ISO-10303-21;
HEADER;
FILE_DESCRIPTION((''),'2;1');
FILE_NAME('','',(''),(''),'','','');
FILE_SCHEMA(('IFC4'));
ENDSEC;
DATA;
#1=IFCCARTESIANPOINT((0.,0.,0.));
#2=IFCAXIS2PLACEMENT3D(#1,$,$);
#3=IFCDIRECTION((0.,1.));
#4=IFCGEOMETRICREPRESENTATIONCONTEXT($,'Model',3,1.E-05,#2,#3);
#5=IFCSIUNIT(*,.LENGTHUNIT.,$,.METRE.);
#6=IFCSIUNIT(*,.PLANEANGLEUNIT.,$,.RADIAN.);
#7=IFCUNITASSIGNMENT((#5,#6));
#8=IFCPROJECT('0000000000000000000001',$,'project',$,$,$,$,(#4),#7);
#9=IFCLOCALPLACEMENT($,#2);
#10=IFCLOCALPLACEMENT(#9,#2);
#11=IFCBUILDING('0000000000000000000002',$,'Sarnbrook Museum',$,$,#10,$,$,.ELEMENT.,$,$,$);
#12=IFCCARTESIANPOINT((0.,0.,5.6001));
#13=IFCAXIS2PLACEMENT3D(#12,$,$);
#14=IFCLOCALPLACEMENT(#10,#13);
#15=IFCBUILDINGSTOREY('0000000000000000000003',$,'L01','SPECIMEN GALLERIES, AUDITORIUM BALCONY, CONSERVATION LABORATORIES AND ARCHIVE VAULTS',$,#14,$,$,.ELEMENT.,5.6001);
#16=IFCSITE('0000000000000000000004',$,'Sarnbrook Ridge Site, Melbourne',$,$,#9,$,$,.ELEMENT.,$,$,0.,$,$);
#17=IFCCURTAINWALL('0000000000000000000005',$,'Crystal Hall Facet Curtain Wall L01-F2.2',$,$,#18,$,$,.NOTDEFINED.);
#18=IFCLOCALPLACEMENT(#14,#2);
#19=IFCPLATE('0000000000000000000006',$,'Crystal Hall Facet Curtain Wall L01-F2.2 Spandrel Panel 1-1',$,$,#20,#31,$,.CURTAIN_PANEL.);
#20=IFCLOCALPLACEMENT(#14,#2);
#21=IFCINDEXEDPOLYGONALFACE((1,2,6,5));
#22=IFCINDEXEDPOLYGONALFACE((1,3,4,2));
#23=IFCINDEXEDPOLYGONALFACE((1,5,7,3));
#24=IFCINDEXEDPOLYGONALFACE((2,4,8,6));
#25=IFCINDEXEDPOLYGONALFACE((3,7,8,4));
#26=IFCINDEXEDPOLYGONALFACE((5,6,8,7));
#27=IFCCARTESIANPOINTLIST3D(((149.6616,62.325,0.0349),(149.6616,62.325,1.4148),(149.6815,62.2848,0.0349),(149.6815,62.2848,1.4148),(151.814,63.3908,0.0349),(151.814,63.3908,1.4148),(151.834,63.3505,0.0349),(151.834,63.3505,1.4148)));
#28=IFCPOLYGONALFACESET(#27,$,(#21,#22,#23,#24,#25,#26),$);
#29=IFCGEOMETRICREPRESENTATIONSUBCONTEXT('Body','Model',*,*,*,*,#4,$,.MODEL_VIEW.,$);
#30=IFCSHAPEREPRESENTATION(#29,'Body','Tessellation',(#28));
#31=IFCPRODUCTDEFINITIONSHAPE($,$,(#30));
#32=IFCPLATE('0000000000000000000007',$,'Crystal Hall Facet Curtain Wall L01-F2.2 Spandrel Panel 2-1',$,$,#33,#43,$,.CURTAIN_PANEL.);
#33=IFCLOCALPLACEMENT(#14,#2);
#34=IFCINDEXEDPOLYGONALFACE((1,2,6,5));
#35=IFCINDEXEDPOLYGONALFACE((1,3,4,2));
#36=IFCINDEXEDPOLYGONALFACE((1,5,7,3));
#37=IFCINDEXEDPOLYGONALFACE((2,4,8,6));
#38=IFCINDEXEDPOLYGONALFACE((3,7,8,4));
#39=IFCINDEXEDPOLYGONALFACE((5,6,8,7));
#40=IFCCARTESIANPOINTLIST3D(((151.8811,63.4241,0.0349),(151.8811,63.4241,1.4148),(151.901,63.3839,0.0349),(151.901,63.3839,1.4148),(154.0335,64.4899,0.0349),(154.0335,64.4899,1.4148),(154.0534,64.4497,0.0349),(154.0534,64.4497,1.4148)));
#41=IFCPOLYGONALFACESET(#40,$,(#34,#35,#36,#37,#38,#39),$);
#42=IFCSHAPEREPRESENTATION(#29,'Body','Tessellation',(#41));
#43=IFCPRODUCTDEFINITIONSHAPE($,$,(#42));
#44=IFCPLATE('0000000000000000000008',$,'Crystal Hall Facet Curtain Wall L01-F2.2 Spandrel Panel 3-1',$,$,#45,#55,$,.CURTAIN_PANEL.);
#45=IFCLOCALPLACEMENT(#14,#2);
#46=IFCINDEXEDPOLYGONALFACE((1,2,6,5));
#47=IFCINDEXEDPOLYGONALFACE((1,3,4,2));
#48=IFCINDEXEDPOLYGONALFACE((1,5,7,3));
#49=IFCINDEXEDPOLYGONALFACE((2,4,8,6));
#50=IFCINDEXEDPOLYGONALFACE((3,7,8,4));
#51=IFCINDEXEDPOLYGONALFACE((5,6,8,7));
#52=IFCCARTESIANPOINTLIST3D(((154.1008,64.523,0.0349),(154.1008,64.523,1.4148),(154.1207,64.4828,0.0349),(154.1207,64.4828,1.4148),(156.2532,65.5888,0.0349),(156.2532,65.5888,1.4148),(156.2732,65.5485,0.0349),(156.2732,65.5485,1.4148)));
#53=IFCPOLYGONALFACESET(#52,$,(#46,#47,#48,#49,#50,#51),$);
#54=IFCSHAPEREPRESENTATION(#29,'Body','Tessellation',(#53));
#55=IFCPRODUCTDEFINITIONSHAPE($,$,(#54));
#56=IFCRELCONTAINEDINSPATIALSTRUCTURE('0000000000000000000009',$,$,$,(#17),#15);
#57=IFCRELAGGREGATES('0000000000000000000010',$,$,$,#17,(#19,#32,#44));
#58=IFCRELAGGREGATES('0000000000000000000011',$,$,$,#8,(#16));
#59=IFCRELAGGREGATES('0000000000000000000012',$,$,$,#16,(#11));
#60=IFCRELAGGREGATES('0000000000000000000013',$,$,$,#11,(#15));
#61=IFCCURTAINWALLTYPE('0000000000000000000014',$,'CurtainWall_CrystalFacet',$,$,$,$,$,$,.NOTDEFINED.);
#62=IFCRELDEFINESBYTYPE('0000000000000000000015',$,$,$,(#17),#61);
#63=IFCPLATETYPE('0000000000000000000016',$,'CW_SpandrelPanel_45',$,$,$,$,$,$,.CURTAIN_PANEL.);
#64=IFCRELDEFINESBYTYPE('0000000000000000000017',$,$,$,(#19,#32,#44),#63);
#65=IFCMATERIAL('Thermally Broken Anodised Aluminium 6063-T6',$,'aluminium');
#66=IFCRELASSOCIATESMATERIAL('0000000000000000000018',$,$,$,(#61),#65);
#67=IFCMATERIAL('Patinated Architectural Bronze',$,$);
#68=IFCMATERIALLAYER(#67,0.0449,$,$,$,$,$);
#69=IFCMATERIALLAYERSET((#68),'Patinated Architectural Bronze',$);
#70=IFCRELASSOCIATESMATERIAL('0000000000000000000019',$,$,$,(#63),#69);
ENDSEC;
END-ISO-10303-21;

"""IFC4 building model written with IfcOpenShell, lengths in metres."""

from ifc_helpers import new_model, si_unit, direction, frame, origin, origin_2d, place, context, subcontext, project, spatial, rectangle, extrude, material, layer, layer_set, type_object, element, aggregate, save


model = new_model("IFC4")

# Units and contexts
model_context = context("Model", 3, precision=1e-05, world=origin(), true_north=direction((0.0, 1.0)))
body_context = subcontext(model_context, "Body", "Model", "MODEL_VIEW")
ifc_project = project(units=[si_unit("LENGTHUNIT", "METRE"), si_unit("PLANEANGLEUNIT", "RADIAN")], contexts=[model_context])

# Site, building, storey
site_placement = place(None, origin())
site = spatial("IfcSite", under=ifc_project, at=site_placement, Name="Sarnbrook Ridge Site, Melbourne", CompositionType="ELEMENT", RefElevation=0.0)
building_placement = place(site_placement, origin())
building = spatial("IfcBuilding", under=site, at=building_placement, Name="Sarnbrook Museum", CompositionType="ELEMENT")
storey_placement = place(building_placement, frame((0.0, 0.0, 5.6001)))
storey = spatial("IfcBuildingStorey", under=building, at=storey_placement, Name="L01", Description="SPECIMEN GALLERIES, AUDITORIUM BALCONY, CONSERVATION LABORATORIES AND ARCHIVE VAULTS", CompositionType="ELEMENT", Elevation=5.6001)

# Curtain wall
ifc_material_1 = material(Name="Thermally Broken Anodised Aluminium 6063-T6", Category="aluminium")
curtain_wall_type = type_object("IfcCurtainWallType", Name="CurtainWall_CrystalFacet", PredefinedType="NOTDEFINED", material=ifc_material_1)
curtain_wall_1_placement = place(storey_placement, origin())
curtain_wall_1 = element("IfcCurtainWall", 1, at=curtain_wall_1_placement, inside=storey, type_object=curtain_wall_type, Name="Crystal Hall Facet Curtain Wall L01-F2.2", PredefinedType="NOTDEFINED")

# Plates
ifc_material_2 = material(Name="Patinated Architectural Bronze")
ifc_layer_1 = layer(ifc_material_2, 0.0449)
ifc_layer_set_1 = layer_set([ifc_layer_1], Name="Patinated Architectural Bronze")
plate_type_1 = type_object("IfcPlateType", Name="CW_SpandrelPanel_45", PredefinedType="CURTAIN_PANEL", material=ifc_layer_set_1)
plate_1_placement = place(storey_placement, frame((150.7378, 62.8579, 0.7249), z_axis=(0.443729, -0.896161, 0.0), x_axis=(0.896161, 0.443729, 0.0)))
plate_1 = element("IfcPlate", 2, at=plate_1_placement, type_object=plate_type_1, Name="Crystal Hall Facet Curtain Wall L01-F2.2 Spandrel Panel 1-1", PredefinedType="CURTAIN_PANEL", context=body_context, shape_type="SweptSolid", body=[
    extrude(rectangle(XDim=2.4019, YDim=1.3799, at=origin_2d()), origin(), (0.0, 0.0, 1.0), 0.0449),
])
plate_2_placement = place(storey_placement, frame((152.9573, 63.957, 0.7249), z_axis=(0.443729, -0.896161, 0.0), x_axis=(0.896161, 0.443729, 0.0)))
plate_2 = element("IfcPlate", 3, at=plate_2_placement, type_object=plate_type_1, Name="Crystal Hall Facet Curtain Wall L01-F2.2 Spandrel Panel 2-1", PredefinedType="CURTAIN_PANEL", context=body_context, shape_type="SweptSolid", body=[
    extrude(rectangle(XDim=2.4019, YDim=1.3799, at=origin_2d()), origin(), (0.0, 0.0, 1.0), 0.0449),
])
plate_3_placement = place(storey_placement, frame((155.177, 65.0559, 0.7249), z_axis=(0.443729, -0.896161, 0.0), x_axis=(0.896161, 0.443729, 0.0)))
plate_3 = element("IfcPlate", 4, at=plate_3_placement, type_object=plate_type_1, Name="Crystal Hall Facet Curtain Wall L01-F2.2 Spandrel Panel 3-1", PredefinedType="CURTAIN_PANEL", context=body_context, shape_type="SweptSolid", body=[
    extrude(rectangle(XDim=2.4019, YDim=1.3799, at=origin_2d()), origin(), (0.0, 0.0, 1.0), 0.0449),
])
aggregate(curtain_wall_1, [plate_1, plate_2, plate_3])

save(model, "model.ifc")
